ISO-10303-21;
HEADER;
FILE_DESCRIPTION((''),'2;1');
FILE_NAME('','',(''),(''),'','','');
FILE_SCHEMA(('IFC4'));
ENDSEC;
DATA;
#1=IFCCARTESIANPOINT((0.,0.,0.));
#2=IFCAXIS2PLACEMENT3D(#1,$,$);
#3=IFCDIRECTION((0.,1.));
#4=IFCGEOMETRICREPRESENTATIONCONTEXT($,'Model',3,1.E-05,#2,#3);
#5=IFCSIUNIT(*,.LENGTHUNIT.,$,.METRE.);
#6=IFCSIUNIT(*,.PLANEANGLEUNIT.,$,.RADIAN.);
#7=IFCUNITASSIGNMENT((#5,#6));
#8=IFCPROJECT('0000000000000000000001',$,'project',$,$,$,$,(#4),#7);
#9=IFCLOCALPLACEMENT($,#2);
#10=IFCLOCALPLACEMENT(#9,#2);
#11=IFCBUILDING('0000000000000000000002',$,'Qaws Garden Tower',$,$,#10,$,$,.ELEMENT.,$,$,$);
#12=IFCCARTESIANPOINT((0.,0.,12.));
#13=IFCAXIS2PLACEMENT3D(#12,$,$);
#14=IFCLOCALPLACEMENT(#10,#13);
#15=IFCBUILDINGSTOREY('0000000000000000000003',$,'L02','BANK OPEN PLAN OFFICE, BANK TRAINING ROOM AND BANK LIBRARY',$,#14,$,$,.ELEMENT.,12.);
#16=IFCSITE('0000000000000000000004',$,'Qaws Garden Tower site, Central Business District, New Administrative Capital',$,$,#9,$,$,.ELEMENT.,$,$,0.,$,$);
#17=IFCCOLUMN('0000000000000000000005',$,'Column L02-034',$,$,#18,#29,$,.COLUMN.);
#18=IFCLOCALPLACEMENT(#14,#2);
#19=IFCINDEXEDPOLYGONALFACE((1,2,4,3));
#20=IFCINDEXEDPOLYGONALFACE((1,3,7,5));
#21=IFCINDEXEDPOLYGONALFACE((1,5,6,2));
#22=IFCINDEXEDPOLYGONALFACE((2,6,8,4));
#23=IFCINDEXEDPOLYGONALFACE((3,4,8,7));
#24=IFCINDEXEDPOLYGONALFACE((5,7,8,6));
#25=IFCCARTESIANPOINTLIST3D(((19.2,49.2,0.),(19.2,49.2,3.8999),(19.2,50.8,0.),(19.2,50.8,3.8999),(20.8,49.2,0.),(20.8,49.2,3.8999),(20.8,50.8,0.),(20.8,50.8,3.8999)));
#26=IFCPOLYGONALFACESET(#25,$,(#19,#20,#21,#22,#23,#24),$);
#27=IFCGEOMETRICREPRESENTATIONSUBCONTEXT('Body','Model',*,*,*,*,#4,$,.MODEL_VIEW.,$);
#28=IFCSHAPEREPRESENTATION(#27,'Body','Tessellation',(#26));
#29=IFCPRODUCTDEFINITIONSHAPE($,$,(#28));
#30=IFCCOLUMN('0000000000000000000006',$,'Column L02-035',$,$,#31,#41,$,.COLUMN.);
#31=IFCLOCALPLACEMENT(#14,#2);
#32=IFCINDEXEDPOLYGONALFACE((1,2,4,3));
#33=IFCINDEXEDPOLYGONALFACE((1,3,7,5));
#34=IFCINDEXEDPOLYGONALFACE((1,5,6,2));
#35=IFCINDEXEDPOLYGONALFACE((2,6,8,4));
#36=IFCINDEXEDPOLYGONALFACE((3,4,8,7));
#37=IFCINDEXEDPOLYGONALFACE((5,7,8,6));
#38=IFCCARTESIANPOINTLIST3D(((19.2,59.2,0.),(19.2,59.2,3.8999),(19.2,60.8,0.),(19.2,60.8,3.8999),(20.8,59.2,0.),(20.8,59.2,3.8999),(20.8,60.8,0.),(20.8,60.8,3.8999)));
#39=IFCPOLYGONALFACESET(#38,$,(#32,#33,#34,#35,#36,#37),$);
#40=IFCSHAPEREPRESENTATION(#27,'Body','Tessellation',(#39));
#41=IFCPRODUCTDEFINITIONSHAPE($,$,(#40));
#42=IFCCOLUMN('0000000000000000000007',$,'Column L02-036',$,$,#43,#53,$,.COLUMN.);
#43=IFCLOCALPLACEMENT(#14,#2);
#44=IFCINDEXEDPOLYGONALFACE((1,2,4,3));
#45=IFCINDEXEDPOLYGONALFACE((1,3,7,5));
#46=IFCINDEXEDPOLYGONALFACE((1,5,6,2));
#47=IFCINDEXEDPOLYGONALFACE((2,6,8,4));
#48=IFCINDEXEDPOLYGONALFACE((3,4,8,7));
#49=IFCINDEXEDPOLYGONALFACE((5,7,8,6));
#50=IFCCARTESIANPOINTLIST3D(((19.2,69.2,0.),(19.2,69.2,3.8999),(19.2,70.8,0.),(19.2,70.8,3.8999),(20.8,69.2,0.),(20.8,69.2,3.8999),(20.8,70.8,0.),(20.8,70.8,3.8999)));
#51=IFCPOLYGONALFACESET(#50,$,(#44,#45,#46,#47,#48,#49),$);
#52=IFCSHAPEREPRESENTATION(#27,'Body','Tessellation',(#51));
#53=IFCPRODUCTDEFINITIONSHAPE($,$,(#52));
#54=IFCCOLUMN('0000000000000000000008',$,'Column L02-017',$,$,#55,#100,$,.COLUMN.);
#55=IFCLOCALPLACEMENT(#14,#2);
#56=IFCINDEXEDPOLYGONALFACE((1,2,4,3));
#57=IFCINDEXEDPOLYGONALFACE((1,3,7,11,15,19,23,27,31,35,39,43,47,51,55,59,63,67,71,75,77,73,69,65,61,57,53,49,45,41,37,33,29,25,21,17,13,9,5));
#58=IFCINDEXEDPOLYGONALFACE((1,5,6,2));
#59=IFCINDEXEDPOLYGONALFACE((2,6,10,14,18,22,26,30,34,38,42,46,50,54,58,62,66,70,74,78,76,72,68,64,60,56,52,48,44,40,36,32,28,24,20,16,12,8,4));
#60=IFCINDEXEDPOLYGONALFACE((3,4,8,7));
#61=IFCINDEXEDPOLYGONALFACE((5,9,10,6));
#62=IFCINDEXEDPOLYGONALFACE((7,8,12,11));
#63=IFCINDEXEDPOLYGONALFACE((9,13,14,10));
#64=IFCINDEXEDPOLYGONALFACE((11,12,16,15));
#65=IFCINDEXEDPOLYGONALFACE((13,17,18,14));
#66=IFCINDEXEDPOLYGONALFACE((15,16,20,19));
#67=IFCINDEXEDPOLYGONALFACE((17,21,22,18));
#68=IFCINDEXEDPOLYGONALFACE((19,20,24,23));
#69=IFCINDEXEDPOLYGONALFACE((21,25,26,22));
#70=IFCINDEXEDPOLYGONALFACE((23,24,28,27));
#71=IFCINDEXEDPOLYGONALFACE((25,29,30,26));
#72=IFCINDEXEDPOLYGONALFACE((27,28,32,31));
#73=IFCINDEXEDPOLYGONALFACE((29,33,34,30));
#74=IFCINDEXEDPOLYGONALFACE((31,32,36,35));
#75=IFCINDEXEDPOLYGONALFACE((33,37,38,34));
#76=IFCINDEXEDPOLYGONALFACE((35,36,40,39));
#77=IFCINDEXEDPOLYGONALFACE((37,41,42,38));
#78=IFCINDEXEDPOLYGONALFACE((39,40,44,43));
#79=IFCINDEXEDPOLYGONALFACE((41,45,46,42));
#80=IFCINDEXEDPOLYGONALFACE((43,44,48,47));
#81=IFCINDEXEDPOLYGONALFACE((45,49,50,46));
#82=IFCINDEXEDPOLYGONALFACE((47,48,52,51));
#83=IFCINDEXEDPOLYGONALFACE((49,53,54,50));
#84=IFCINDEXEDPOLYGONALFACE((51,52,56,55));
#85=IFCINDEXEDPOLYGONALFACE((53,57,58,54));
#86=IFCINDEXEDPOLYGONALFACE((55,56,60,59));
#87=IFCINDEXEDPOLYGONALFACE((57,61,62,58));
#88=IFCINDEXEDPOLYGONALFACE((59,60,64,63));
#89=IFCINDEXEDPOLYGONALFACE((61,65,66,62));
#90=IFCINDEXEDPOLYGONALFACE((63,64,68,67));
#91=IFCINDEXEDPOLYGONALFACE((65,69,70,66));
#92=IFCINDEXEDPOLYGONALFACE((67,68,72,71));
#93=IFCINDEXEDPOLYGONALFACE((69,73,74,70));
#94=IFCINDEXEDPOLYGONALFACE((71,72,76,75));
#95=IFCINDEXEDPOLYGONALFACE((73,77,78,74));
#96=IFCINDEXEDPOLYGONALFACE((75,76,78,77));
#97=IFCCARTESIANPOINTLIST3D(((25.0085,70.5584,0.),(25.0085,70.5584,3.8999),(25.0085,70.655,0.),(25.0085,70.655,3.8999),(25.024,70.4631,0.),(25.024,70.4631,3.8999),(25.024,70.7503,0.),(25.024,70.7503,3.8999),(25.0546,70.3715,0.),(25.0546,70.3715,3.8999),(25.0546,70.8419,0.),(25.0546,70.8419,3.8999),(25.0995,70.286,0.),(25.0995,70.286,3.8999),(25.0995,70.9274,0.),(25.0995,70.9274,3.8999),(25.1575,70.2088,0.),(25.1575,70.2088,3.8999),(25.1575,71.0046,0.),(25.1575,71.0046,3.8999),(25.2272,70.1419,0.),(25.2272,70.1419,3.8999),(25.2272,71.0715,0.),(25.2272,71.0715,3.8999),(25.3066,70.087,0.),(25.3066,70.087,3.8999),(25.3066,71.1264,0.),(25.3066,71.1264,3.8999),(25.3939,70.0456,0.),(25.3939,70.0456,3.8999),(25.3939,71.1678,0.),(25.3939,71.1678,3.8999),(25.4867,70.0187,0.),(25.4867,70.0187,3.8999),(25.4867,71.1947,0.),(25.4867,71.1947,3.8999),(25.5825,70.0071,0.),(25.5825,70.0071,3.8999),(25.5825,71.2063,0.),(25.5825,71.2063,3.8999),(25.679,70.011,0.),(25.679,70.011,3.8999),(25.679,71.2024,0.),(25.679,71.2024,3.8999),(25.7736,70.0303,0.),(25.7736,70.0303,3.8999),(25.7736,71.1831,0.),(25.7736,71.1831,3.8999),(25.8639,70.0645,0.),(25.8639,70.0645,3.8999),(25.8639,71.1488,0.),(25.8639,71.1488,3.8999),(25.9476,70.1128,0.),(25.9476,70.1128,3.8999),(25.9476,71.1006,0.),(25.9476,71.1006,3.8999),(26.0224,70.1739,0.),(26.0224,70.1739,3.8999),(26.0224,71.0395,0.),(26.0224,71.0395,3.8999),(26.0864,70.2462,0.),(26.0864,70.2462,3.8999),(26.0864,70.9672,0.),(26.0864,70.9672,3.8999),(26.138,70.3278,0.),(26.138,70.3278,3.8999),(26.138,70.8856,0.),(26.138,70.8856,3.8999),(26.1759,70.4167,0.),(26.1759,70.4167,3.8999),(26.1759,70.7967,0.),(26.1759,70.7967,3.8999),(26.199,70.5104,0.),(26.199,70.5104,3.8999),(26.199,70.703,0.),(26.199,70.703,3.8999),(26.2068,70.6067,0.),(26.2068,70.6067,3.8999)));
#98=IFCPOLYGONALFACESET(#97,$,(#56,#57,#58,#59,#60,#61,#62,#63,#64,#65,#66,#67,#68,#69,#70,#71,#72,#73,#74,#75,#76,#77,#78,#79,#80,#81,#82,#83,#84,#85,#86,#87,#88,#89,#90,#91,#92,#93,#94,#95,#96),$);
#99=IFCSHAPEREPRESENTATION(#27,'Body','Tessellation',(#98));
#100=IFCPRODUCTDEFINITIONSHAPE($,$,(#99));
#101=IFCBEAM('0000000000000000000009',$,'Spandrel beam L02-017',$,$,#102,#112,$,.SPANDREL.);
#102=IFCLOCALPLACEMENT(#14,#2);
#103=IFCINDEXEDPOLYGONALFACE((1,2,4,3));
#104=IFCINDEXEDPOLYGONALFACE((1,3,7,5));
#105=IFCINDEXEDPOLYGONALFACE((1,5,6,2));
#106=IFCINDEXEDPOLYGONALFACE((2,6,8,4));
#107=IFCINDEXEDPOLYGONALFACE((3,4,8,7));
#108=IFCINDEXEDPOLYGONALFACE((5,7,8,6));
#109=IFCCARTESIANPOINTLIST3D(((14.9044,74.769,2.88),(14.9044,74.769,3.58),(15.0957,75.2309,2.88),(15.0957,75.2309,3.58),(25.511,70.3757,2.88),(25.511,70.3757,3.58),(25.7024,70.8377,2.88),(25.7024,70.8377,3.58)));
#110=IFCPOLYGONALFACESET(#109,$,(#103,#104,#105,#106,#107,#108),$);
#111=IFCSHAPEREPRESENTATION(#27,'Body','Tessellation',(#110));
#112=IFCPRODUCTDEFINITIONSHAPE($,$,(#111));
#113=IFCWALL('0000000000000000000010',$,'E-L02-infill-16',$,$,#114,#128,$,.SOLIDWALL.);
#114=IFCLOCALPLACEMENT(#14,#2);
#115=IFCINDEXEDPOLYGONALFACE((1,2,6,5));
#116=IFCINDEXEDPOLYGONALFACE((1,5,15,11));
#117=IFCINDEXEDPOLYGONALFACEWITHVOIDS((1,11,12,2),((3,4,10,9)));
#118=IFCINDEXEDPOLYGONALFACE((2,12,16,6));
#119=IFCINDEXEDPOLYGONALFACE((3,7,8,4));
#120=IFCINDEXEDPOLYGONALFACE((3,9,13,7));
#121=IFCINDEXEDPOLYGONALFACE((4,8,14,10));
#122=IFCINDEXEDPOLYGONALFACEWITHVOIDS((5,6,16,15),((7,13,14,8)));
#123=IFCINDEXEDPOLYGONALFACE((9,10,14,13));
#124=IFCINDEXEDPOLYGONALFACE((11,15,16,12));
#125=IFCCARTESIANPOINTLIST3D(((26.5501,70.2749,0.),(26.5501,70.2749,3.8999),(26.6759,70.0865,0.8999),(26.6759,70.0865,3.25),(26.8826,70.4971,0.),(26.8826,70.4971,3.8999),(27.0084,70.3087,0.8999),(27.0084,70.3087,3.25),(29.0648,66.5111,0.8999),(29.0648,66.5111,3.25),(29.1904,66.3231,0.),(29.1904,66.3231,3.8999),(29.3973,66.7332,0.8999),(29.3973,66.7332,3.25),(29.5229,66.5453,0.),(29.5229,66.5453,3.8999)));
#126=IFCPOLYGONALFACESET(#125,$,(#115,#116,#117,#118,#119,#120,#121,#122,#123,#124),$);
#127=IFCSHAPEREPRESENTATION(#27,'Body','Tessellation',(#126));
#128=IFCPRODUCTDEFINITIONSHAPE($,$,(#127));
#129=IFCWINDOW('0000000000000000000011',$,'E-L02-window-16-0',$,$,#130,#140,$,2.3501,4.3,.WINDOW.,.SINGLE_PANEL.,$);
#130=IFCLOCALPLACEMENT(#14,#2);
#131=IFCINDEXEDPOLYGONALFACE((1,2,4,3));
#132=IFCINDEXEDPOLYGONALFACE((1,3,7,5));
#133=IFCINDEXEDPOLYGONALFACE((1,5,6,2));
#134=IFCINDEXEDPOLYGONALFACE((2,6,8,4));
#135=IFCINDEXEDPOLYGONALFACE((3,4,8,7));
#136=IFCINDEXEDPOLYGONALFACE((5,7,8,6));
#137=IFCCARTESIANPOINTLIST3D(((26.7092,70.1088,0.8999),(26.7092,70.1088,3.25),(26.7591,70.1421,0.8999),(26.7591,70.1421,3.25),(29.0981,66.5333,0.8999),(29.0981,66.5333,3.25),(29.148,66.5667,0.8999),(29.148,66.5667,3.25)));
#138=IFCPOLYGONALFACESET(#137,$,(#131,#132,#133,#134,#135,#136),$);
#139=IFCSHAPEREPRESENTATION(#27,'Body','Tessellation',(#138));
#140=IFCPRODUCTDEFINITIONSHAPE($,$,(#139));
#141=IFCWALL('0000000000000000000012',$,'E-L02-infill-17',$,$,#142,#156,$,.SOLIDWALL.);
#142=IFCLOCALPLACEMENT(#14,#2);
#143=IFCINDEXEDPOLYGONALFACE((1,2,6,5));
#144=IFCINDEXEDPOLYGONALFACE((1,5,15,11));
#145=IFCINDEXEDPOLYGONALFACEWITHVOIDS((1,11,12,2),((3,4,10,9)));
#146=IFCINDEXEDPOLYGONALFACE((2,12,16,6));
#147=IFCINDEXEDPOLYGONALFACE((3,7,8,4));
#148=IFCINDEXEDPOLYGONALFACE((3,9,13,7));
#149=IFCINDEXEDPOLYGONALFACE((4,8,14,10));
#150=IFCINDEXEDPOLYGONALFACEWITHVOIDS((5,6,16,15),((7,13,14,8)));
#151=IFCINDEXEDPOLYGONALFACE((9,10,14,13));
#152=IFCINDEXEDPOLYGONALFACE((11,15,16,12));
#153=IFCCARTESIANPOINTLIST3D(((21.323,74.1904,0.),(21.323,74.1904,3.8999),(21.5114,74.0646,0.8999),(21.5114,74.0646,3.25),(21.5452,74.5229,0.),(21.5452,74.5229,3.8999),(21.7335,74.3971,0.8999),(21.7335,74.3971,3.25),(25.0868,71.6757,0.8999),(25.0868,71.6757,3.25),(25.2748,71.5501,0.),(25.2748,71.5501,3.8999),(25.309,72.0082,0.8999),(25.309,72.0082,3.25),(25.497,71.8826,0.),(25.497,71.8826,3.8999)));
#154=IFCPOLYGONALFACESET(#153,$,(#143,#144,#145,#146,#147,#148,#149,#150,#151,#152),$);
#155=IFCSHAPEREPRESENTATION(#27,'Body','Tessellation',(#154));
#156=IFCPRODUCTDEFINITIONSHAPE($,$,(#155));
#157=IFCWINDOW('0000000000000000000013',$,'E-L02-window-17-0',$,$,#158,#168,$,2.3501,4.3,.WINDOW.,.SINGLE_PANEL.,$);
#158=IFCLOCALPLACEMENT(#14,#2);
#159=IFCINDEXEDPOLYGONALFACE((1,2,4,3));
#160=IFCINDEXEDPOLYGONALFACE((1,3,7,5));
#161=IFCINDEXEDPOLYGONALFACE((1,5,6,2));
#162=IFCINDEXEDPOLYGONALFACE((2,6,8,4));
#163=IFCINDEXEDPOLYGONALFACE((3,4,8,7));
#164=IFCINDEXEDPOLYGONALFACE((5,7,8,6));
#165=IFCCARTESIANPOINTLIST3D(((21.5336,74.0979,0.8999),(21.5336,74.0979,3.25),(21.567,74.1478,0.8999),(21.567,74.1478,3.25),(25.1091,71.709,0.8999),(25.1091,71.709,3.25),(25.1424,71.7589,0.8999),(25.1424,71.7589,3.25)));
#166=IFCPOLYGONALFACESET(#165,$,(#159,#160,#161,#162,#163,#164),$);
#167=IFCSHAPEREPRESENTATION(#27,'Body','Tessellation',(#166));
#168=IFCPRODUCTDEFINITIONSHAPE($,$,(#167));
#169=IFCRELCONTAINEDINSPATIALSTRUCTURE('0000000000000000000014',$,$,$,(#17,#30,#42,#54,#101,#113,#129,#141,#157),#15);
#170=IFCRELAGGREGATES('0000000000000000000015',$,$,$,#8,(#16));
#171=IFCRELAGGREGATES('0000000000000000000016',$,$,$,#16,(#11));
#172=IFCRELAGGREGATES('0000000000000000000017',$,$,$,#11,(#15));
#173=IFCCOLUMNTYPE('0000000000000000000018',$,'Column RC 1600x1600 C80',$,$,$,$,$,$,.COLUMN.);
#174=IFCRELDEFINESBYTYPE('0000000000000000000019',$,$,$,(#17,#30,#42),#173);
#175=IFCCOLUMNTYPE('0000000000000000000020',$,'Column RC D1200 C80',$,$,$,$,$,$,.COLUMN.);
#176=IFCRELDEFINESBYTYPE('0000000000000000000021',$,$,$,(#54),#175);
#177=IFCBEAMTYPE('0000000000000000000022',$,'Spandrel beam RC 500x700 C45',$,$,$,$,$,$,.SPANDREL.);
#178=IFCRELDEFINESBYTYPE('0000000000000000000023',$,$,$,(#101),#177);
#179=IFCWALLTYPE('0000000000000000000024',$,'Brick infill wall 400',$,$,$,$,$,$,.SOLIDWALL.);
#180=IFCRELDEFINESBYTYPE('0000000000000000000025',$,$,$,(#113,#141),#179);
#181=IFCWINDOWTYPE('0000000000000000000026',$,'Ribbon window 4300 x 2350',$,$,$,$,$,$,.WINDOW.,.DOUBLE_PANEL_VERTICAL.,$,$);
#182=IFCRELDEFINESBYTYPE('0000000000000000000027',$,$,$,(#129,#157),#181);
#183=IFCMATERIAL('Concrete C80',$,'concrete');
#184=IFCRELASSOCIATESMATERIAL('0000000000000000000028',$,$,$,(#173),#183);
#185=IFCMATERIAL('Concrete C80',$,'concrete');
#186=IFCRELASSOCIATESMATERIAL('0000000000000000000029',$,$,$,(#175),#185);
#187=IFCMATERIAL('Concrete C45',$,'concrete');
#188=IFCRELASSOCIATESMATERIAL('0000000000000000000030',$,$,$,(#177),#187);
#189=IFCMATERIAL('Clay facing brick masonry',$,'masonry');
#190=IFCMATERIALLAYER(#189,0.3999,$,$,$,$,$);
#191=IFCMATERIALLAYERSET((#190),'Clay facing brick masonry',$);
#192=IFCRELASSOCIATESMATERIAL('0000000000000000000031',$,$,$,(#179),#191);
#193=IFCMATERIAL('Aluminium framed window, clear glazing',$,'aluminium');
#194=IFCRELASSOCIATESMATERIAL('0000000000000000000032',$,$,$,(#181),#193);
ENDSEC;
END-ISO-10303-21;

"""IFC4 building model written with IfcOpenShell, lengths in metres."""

from ifc_helpers import new_model, si_unit, direction, frame, frame_2d, origin, origin_2d, place, context, subcontext, project, spatial, rectangle, circle, extrude, material, layer, layer_set, material_profile, profile_set, type_object, element, fill, save


model = new_model("IFC4")

# Units and contexts
model_context = context("Model", 3, precision=1e-05, world=origin(), true_north=direction((0.0, 1.0)))
body_context = subcontext(model_context, "Body", "Model", "MODEL_VIEW")
ifc_project = project(units=[si_unit("LENGTHUNIT", "METRE"), si_unit("PLANEANGLEUNIT", "RADIAN")], contexts=[model_context])

# Site, building, storey
site_placement = place(None, origin())
site = spatial("IfcSite", under=ifc_project, at=site_placement, Name="Qaws Garden Tower site, Central Business District, New Administrative Capital", CompositionType="ELEMENT", RefElevation=0.0)
building_placement = place(site_placement, origin())
building = spatial("IfcBuilding", under=site, at=building_placement, Name="Qaws Garden Tower", CompositionType="ELEMENT")
storey_placement = place(building_placement, frame((0.0, 0.0, 12.0)))
storey = spatial("IfcBuildingStorey", under=building, at=storey_placement, Name="L02", Description="BANK OPEN PLAN OFFICE, BANK TRAINING ROOM AND BANK LIBRARY", CompositionType="ELEMENT", Elevation=12.0)

# Columns
ifc_material_1 = material(Name="Concrete C80", Category="concrete")
ifc_material_profile_1 = material_profile(ifc_material_1, rectangle(XDim=1.6001, YDim=1.6001, at=origin_2d()), Name="RC 1600x1600")
ifc_profile_set_1 = profile_set([ifc_material_profile_1], Name="Concrete C80")
column_type_1 = type_object("IfcColumnType", Name="Column RC 1600x1600 C80", PredefinedType="COLUMN", material=ifc_profile_set_1)
for number, where, z_axis, x_axis, name in (
    (1, (20.0, 50.0, 0.0), (0.0, 0.0, 1.0), (1.0, 0.0, 0.0), "Column L02-034"),
    (2, (20.0, 60.0, 0.0), (0.0, 0.0, 1.0), (1.0, 0.0, 0.0), "Column L02-035"),
    (3, (20.0, 70.0, 0.0), (0.0, 0.0, 1.0), (1.0, 0.0, 0.0), "Column L02-036"),
):
    element("IfcColumn", number, at=place(storey_placement, frame(where, z_axis=z_axis, x_axis=x_axis)), inside=storey, type_object=column_type_1, Name=name, PredefinedType="COLUMN", context=body_context, shape_type="SweptSolid", body=[
        extrude(rectangle(XDim=1.6001, YDim=1.6001, at=origin_2d()), origin(), (0.0, 0.0, 1.0), 3.8999),
    ])
ifc_material_2 = material(Name="Concrete C80", Category="concrete")
ifc_material_profile_2 = material_profile(ifc_material_2, circle(Radius=0.6001, at=origin_2d()), Name="RC D1200")
ifc_profile_set_2 = profile_set([ifc_material_profile_2], Name="Concrete C80")
column_type_2 = type_object("IfcColumnType", Name="Column RC D1200 C80", PredefinedType="COLUMN", material=ifc_profile_set_2)
column_placement = place(storey_placement, frame((25.6067, 70.6067, 0.0), z_axis=(0.0, 0.0, 1.0), x_axis=(1.0, 0.0, 0.0)))
element("IfcColumn", 4, at=column_placement, inside=storey, type_object=column_type_2, Name="Column L02-017", PredefinedType="COLUMN", context=body_context, shape_type="SweptSolid", body=[
    extrude(circle(Radius=0.6001, at=origin_2d()), origin(), (0.0, 0.0, 1.0), 3.8999),
])

# Beam
ifc_material_3 = material(Name="Concrete C45", Category="concrete")
ifc_material_profile_3 = material_profile(ifc_material_3, rectangle(XDim=0.5, YDim=0.7, at=origin_2d()), Name="RC 500x700")
ifc_profile_set_3 = profile_set([ifc_material_profile_3], Name="Concrete C45")
beam_type = type_object("IfcBeamType", Name="Spandrel beam RC 500x700 C45", PredefinedType="SPANDREL", material=ifc_profile_set_3)
beam_placement = place(storey_placement, frame((25.6067, 70.6067, 3.23), z_axis=(-0.923883, 0.382674, 0.0), x_axis=(-0.382674, -0.923883, 0.0)))
element("IfcBeam", 5, at=beam_placement, inside=storey, type_object=beam_type, Name="Spandrel beam L02-017", PredefinedType="SPANDREL", context=body_context, shape_type="SweptSolid", body=[
    extrude(rectangle(XDim=0.5, YDim=0.7, at=origin_2d()), origin(), (0.0, 0.0, 1.0), 11.4805),
])

# Walls, openings, windows
ifc_material_4 = material(Name="Clay facing brick masonry", Category="masonry")
ifc_layer_1 = layer(ifc_material_4, 0.3999)
ifc_layer_set_1 = layer_set([ifc_layer_1], Name="Clay facing brick masonry")
wall_type_1 = type_object("IfcWallType", Name="Brick infill wall 400", PredefinedType="SOLIDWALL", material=ifc_layer_set_1)
wall_1_placement = place(storey_placement, frame((29.3567, 66.4341, 0.0), z_axis=(0.0, 0.0, 1.0), x_axis=(-0.555542, 0.831489, 0.0)))
wall_1 = element("IfcWall", 6, at=wall_1_placement, inside=storey, type_object=wall_type_1, Name="E-L02-infill-16", PredefinedType="SOLIDWALL", context=body_context, shape_type="SweptSolid", body=[
    extrude(rectangle(XDim=4.7527, YDim=0.3999, at=frame_2d((2.3765, 0.0))), origin(), (0.0, 0.0, 1.0), 3.8999),
])
opening_1_placement = place(wall_1_placement, frame((0.2263, 0.0, 0.8999)))
opening_1 = element("IfcOpeningElement", 7, at=opening_1_placement, cuts=wall_1, PredefinedType="OPENING", context=body_context, shape_type="SweptSolid", body=[
    extrude(rectangle(XDim=4.3, YDim=2.3501, at=frame_2d((2.1499, 1.175))), frame((0.0, 0.21, 0.0), z_axis=(0.0, -1.0, 0.0), x_axis=(1.0, 0.0, 0.0)), (0.0, 0.0, 1.0), 0.4199),
])
ifc_material_5 = material(Name="Aluminium framed window, clear glazing", Category="aluminium")
window_type = type_object("IfcWindowType", Name="Ribbon window 4300 x 2350", PartitioningType="DOUBLE_PANEL_VERTICAL", PredefinedType="WINDOW", material=ifc_material_5)
window_1_placement = place(opening_1_placement, origin())
window_1 = element("IfcWindow", 8, at=window_1_placement, inside=storey, type_object=window_type, Name="E-L02-window-16-0", OverallHeight=2.3501, OverallWidth=4.3, PartitioningType="SINGLE_PANEL", PredefinedType="WINDOW", context=body_context, shape_type="SweptSolid", body=[
    extrude(rectangle(XDim=4.3, YDim=2.3501, at=frame_2d((2.1499, 1.175))), frame((0.0, 0.1599, 0.0), z_axis=(0.0, -1.0, 0.0), x_axis=(1.0, 0.0, 0.0)), (0.0, 0.0, 1.0), 0.0601),
])
fill(opening_1, window_1)
wall_2_placement = place(storey_placement, frame((25.386, 71.7163, 0.0), z_axis=(0.0, 0.0, 1.0), x_axis=(-0.831489, 0.555542, 0.0)))
wall_2 = element("IfcWall", 9, at=wall_2_placement, inside=storey, type_object=wall_type_1, Name="E-L02-infill-17", PredefinedType="SOLIDWALL", context=body_context, shape_type="SweptSolid", body=[
    extrude(rectangle(XDim=4.7527, YDim=0.3999, at=frame_2d((2.3765, 0.0))), origin(), (0.0, 0.0, 1.0), 3.8999),
])
opening_2_placement = place(wall_2_placement, frame((0.2263, 0.0, 0.8999)))
opening_2 = element("IfcOpeningElement", 10, at=opening_2_placement, cuts=wall_2, PredefinedType="OPENING", context=body_context, shape_type="SweptSolid", body=[
    extrude(rectangle(XDim=4.3, YDim=2.3501, at=frame_2d((2.1499, 1.175))), frame((0.0, 0.21, 0.0), z_axis=(0.0, -1.0, 0.0), x_axis=(1.0, 0.0, 0.0)), (0.0, 0.0, 1.0), 0.4199),
])
window_2_placement = place(opening_2_placement, origin())
window_2 = element("IfcWindow", 11, at=window_2_placement, inside=storey, type_object=window_type, Name="E-L02-window-17-0", OverallHeight=2.3501, OverallWidth=4.3, PartitioningType="SINGLE_PANEL", PredefinedType="WINDOW", context=body_context, shape_type="SweptSolid", body=[
    extrude(rectangle(XDim=4.3, YDim=2.3501, at=frame_2d((2.1499, 1.175))), frame((0.0, 0.1599, 0.0), z_axis=(0.0, -1.0, 0.0), x_axis=(1.0, 0.0, 0.0)), (0.0, 0.0, 1.0), 0.0601),
])
fill(opening_2, window_2)

save(model, "model.ifc")
